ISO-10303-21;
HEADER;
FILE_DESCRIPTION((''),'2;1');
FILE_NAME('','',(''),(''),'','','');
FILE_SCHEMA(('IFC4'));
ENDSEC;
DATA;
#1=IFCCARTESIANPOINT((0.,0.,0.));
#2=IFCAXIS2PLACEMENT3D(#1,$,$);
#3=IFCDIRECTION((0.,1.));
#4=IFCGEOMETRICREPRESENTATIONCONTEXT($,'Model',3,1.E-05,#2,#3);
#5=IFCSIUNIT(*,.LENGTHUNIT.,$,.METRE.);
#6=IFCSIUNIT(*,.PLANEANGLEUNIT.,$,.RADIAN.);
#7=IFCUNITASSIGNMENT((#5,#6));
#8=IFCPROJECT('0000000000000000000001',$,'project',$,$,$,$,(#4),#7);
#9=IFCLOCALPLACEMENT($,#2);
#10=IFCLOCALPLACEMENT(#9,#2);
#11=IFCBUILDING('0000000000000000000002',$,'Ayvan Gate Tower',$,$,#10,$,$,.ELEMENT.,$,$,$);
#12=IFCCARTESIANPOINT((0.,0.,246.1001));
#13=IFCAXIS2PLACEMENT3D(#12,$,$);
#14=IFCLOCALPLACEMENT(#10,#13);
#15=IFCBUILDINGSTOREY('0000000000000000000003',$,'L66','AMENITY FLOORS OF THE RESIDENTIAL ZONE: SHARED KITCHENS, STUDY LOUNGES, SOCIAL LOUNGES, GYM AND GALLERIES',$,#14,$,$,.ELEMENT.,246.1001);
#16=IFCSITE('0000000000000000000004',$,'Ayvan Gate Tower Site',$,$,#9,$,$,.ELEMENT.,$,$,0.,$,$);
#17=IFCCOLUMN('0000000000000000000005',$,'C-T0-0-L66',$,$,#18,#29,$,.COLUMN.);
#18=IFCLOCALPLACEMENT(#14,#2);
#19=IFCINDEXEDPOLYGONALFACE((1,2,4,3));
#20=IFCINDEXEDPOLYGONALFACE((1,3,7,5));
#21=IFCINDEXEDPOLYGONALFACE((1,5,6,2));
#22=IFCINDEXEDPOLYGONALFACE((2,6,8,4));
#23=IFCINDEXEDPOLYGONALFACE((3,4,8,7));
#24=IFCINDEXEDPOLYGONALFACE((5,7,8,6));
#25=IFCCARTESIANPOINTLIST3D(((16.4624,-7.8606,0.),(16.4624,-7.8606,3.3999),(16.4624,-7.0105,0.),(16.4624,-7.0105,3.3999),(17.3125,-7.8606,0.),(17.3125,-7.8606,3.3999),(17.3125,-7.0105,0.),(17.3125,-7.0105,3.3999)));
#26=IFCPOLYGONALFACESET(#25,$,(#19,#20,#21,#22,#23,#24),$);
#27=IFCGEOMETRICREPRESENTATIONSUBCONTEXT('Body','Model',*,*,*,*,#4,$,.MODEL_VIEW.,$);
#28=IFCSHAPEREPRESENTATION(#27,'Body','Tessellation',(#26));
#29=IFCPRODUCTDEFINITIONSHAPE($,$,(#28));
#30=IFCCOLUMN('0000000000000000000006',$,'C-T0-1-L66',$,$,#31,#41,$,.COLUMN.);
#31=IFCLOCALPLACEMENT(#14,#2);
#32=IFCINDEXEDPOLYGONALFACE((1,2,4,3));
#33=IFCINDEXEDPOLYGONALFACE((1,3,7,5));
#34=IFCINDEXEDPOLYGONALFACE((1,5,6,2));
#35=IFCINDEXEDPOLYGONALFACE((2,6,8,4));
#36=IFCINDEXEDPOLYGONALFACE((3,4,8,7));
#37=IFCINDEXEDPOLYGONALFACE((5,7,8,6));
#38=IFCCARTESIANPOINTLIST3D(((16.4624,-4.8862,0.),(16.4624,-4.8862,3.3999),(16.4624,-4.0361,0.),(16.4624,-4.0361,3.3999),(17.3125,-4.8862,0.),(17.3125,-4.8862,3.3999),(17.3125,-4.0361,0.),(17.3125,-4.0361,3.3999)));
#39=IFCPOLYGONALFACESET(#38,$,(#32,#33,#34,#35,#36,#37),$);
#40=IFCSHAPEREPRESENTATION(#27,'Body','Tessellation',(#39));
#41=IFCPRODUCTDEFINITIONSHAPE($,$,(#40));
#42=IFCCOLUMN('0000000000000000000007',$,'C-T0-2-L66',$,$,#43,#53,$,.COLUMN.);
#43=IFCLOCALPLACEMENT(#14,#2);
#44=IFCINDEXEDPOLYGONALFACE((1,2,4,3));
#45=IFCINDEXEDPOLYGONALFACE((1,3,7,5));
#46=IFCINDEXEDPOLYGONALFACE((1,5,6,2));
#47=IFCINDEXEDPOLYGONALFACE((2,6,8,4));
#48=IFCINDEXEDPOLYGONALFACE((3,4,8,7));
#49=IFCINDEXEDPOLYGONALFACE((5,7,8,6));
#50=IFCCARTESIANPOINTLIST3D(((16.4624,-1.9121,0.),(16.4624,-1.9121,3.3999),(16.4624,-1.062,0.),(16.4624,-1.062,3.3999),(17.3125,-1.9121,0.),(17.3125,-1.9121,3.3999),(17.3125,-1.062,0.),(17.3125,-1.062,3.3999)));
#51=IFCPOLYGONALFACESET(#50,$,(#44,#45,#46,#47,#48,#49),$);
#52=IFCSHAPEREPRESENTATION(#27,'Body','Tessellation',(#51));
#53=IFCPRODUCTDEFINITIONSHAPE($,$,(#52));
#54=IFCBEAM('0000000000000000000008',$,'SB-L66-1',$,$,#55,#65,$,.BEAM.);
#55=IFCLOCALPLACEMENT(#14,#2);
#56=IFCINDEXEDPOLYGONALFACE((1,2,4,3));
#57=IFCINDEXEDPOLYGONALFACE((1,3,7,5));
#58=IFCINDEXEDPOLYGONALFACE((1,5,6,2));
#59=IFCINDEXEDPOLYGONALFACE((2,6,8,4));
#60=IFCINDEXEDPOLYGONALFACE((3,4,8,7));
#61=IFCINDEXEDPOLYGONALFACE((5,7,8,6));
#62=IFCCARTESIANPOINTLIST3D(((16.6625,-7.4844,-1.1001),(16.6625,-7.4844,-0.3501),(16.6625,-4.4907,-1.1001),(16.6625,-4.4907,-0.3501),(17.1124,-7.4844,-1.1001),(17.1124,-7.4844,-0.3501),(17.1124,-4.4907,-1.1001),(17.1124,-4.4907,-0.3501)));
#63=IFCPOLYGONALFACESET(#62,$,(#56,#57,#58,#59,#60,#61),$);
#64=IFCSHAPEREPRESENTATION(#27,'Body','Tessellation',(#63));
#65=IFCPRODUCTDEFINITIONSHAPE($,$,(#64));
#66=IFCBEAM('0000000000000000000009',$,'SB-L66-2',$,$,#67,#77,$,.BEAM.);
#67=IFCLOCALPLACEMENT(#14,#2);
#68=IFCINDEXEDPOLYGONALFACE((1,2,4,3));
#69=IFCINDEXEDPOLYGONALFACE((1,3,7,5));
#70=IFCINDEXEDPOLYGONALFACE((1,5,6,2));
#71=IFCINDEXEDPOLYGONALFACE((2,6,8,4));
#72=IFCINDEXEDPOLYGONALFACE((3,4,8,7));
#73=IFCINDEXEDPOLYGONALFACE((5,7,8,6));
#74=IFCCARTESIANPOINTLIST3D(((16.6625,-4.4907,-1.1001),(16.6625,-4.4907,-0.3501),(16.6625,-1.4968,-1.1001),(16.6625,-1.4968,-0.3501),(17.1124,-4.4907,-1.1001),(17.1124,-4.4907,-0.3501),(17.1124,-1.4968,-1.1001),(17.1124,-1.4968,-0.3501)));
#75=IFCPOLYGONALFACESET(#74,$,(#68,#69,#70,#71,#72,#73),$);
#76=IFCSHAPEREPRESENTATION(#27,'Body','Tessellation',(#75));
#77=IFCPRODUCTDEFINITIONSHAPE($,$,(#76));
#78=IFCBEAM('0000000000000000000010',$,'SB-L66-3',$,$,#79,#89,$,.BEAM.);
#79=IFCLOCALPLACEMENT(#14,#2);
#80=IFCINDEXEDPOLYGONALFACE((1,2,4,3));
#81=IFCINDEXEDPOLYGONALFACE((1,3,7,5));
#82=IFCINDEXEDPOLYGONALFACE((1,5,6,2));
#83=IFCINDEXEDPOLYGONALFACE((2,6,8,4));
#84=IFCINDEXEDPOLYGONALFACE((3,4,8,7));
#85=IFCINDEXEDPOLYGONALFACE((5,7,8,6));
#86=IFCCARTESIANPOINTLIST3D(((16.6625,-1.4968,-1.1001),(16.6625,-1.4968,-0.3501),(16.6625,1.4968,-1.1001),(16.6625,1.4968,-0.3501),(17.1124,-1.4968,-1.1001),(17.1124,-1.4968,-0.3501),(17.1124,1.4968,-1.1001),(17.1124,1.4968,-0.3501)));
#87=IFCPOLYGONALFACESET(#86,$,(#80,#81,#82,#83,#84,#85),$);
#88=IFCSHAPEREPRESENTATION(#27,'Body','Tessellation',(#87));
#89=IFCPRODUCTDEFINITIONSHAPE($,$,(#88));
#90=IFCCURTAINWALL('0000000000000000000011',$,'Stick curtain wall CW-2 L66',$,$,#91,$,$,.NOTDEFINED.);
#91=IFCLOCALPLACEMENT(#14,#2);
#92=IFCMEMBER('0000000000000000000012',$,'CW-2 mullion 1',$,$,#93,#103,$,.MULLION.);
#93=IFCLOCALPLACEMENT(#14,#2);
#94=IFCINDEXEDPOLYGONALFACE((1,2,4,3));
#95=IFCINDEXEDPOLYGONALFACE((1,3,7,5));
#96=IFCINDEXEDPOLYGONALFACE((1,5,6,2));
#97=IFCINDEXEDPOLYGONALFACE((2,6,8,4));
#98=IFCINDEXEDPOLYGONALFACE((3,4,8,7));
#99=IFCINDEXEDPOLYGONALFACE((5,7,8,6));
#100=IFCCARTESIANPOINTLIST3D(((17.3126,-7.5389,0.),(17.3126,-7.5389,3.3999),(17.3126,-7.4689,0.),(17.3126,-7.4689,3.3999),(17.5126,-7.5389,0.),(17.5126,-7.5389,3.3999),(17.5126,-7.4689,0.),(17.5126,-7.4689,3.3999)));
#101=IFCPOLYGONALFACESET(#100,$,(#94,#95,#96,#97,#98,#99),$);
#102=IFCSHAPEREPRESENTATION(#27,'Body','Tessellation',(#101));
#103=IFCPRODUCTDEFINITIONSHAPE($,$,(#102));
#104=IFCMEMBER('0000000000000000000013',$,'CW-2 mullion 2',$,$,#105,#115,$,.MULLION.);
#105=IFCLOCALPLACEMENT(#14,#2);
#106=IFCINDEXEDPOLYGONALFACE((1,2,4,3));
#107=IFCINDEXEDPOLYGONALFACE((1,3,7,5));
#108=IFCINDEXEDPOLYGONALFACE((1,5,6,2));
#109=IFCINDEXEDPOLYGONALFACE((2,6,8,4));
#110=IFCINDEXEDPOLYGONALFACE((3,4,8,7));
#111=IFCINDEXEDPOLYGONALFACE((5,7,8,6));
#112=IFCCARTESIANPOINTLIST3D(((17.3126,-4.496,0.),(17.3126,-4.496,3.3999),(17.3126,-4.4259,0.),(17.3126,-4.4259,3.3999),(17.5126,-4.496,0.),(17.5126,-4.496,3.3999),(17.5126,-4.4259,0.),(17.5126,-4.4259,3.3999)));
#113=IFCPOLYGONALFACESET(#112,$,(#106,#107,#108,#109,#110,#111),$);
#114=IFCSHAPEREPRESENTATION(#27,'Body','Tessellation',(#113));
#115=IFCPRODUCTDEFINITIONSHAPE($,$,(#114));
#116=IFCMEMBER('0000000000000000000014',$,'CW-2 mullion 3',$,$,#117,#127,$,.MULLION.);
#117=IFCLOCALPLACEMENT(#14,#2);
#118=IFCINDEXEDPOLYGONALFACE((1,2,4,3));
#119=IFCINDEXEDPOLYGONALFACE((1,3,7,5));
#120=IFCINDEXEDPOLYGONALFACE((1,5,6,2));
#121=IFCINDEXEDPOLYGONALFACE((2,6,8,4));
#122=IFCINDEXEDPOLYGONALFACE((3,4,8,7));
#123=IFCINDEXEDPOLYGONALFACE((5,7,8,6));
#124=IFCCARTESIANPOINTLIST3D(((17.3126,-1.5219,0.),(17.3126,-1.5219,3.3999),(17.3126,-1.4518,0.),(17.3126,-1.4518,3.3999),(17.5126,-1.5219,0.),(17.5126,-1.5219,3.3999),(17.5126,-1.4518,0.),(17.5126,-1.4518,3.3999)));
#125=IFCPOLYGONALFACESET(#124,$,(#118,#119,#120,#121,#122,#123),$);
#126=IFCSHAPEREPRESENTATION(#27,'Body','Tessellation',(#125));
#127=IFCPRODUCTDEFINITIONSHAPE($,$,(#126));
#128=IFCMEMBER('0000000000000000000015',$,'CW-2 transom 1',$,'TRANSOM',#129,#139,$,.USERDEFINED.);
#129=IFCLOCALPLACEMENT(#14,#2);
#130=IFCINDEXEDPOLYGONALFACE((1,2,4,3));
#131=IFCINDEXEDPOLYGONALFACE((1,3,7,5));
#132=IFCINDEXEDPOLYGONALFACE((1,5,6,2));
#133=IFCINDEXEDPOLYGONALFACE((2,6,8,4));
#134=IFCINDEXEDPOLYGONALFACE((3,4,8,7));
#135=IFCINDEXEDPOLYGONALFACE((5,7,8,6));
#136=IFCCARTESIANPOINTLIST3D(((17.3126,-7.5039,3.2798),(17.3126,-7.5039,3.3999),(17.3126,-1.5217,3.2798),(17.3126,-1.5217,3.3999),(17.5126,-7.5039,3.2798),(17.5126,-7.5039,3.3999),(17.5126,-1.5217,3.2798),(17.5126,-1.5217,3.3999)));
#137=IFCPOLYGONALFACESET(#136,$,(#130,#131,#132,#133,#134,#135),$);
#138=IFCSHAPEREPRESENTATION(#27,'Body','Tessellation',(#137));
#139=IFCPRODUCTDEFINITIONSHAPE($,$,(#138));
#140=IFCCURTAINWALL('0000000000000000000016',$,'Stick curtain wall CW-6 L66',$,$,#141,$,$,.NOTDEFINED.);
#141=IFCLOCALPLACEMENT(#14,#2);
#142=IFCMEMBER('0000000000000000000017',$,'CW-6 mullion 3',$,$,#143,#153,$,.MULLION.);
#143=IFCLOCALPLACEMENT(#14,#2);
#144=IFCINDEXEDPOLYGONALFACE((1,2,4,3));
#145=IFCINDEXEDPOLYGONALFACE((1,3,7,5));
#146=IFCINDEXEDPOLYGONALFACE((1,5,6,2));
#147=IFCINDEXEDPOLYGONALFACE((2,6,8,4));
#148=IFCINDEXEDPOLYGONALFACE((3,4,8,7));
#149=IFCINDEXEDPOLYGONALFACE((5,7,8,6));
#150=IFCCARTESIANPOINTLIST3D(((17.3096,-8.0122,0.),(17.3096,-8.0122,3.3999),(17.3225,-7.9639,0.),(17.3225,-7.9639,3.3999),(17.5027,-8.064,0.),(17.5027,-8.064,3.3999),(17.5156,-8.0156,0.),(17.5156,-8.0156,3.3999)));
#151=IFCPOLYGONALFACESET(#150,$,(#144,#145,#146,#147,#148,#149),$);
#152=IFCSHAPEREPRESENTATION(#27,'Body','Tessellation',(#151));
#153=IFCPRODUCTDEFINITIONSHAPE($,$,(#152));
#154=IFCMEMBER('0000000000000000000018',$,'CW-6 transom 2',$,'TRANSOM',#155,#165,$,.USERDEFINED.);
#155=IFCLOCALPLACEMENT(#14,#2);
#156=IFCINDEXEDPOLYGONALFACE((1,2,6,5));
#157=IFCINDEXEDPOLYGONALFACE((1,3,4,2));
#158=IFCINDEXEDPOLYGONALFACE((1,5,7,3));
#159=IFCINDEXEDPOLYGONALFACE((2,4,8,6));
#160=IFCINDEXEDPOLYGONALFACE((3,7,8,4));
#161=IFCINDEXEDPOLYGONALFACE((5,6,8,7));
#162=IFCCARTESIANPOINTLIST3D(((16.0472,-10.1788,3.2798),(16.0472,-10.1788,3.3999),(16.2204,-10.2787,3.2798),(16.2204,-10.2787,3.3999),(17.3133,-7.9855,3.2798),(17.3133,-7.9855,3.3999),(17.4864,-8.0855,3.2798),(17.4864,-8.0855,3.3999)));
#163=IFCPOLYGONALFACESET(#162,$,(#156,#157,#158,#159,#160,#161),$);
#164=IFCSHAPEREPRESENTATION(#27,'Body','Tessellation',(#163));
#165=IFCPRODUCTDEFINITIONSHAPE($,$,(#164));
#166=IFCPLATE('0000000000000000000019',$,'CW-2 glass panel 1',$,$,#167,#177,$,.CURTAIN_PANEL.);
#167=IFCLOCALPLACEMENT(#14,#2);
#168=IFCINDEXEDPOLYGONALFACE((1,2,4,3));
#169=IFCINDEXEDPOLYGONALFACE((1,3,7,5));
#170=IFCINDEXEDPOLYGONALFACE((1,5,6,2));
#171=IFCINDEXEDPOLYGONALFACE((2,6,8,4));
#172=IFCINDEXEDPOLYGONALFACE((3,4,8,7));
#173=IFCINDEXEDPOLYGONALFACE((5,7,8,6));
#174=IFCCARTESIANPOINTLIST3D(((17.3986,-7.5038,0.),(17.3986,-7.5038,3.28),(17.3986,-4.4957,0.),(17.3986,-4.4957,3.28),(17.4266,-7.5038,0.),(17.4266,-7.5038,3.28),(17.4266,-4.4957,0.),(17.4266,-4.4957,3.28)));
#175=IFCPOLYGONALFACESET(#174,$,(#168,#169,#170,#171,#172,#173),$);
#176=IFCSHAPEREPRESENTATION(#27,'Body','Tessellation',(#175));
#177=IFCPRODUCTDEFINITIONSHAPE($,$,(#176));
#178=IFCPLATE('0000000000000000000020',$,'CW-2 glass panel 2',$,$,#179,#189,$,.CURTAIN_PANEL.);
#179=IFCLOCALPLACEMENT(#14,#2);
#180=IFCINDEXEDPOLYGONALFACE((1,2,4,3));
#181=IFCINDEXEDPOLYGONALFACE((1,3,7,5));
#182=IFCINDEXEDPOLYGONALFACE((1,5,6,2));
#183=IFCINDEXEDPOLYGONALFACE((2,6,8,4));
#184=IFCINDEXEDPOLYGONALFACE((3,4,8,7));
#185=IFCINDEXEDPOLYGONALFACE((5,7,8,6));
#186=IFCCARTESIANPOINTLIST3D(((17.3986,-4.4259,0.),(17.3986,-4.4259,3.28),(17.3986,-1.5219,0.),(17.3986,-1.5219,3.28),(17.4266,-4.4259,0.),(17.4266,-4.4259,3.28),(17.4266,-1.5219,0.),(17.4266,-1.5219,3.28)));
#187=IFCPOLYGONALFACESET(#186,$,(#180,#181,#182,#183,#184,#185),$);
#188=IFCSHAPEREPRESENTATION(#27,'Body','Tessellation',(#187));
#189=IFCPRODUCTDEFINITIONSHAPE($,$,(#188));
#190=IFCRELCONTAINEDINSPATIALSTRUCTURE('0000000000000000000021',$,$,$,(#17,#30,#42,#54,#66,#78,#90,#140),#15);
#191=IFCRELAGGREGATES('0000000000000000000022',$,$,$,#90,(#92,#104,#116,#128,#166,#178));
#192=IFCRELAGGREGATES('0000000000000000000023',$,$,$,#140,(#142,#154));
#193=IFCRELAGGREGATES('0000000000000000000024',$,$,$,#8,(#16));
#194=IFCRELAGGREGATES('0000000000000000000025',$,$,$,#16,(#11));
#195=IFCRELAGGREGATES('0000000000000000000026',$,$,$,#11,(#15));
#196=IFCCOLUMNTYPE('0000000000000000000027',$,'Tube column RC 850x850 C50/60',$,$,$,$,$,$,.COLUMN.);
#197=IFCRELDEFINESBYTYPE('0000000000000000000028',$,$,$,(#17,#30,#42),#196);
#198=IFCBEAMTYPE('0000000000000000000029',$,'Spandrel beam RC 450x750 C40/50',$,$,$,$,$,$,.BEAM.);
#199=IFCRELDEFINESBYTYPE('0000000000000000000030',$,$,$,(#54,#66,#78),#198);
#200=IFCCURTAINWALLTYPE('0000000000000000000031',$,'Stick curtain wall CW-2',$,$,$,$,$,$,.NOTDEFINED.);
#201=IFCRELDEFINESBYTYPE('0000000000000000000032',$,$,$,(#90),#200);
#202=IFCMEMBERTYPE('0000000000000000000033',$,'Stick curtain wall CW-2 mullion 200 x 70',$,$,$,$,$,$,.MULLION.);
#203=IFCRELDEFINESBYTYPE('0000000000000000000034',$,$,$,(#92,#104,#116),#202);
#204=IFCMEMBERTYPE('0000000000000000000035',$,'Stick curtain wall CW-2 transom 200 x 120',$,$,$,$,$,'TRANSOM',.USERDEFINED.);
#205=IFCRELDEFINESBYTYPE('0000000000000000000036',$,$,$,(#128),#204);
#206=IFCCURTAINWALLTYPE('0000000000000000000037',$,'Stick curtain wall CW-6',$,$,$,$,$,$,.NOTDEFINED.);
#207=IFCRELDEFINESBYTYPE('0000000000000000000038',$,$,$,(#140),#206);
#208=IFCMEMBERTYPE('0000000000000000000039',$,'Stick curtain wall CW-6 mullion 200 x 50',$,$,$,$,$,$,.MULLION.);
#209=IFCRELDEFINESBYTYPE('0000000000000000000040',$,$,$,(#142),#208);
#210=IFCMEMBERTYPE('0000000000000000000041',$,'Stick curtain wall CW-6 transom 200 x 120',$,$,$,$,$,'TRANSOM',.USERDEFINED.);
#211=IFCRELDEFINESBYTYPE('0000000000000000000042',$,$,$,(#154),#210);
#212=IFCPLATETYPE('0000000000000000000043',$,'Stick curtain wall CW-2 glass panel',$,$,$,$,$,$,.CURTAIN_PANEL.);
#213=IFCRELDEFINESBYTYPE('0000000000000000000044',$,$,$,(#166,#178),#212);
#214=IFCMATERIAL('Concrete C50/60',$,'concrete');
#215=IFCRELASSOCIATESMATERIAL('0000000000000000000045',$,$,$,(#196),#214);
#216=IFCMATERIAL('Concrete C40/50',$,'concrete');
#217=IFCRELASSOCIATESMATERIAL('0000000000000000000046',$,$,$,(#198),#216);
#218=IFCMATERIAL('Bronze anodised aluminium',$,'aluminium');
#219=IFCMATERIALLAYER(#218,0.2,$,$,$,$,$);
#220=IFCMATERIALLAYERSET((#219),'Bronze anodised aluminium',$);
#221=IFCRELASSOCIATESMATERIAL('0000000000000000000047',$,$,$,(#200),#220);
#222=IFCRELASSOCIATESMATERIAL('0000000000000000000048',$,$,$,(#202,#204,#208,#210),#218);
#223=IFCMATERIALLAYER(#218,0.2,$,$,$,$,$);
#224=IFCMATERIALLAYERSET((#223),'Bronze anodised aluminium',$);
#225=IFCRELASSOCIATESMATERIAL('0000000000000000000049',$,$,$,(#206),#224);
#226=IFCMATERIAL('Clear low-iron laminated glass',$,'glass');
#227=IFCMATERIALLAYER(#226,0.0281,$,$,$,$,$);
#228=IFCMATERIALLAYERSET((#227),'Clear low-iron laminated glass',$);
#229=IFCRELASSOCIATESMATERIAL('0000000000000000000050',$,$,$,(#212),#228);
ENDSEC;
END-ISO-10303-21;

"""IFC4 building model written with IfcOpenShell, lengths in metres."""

from ifc_helpers import new_model, si_unit, direction, frame, origin, origin_2d, place, context, subcontext, project, spatial, rectangle, extrude, material, layer, layer_set, material_profile, profile_set, type_object, element, aggregate, save


model = new_model("IFC4")

# Units and contexts
model_context = context("Model", 3, precision=1e-05, world=origin(), true_north=direction((0.0, 1.0)))
body_context = subcontext(model_context, "Body", "Model", "MODEL_VIEW")
ifc_project = project(units=[si_unit("LENGTHUNIT", "METRE"), si_unit("PLANEANGLEUNIT", "RADIAN")], contexts=[model_context])

# Site, building, storey
site_placement = place(None, origin())
site = spatial("IfcSite", under=ifc_project, at=site_placement, Name="Ayvan Gate Tower Site", CompositionType="ELEMENT", RefElevation=0.0)
building_placement = place(site_placement, origin())
building = spatial("IfcBuilding", under=site, at=building_placement, Name="Ayvan Gate Tower", CompositionType="ELEMENT")
storey_placement = place(building_placement, frame((0.0, 0.0, 246.1001)))
storey = spatial("IfcBuildingStorey", under=building, at=storey_placement, Name="L66", Description="AMENITY FLOORS OF THE RESIDENTIAL ZONE: SHARED KITCHENS, STUDY LOUNGES, SOCIAL LOUNGES, GYM AND GALLERIES", CompositionType="ELEMENT", Elevation=246.1001)

# Columns
ifc_material_1 = material(Name="Concrete C50/60", Category="concrete")
ifc_material_profile_1 = material_profile(ifc_material_1, rectangle(XDim=0.8501, YDim=0.8501, at=origin_2d()), Name="RC 850x850")
ifc_profile_set_1 = profile_set([ifc_material_profile_1], Name="Concrete C50/60")
column_type = type_object("IfcColumnType", Name="Tube column RC 850x850 C50/60", PredefinedType="COLUMN", material=ifc_profile_set_1)
for number, where, z_axis, x_axis, name in (
    (1, (16.8875, -7.4355, 0.0), (0.0, 0.0, 1.0), (1.0, 0.0, 0.0), "C-T0-0-L66"),
    (2, (16.8875, -4.4612, 0.0), (0.0, 0.0, 1.0), (1.0, 0.0, 0.0), "C-T0-1-L66"),
    (3, (16.8875, -1.4871, 0.0), (0.0, 0.0, 1.0), (1.0, 0.0, 0.0), "C-T0-2-L66"),
):
    element("IfcColumn", number, at=place(storey_placement, frame(where, z_axis=z_axis, x_axis=x_axis)), inside=storey, type_object=column_type, Name=name, PredefinedType="COLUMN", context=body_context, shape_type="SweptSolid", body=[
        extrude(rectangle(XDim=0.8501, YDim=0.8501, at=origin_2d()), origin(), (0.0, 0.0, 1.0), 3.3999),
    ])

# Beams
ifc_material_2 = material(Name="Concrete C40/50", Category="concrete")
ifc_material_profile_2 = material_profile(ifc_material_2, rectangle(XDim=0.45, YDim=0.75, at=origin_2d()), Name="RC 450x750")
ifc_profile_set_2 = profile_set([ifc_material_profile_2], Name="Concrete C40/50")
beam_type = type_object("IfcBeamType", Name="Spandrel beam RC 450x750 C40/50", PredefinedType="BEAM", material=ifc_profile_set_2)
beam_1_placement = place(storey_placement, frame((16.8875, -7.4844, -0.7251), z_axis=(0.0, 1.0, 0.0), x_axis=(-1.0, 0.0, 0.0)))
element("IfcBeam", 4, at=beam_1_placement, inside=storey, type_object=beam_type, Name="SB-L66-1", PredefinedType="BEAM", context=body_context, shape_type="SweptSolid", body=[
    extrude(rectangle(XDim=0.45, YDim=0.75, at=origin_2d()), origin(), (0.0, 0.0, 1.0), 2.9937),
])
beam_2_placement = place(storey_placement, frame((16.8875, -4.4907, -0.7251), z_axis=(0.0, 1.0, 0.0), x_axis=(-1.0, 0.0, 0.0)))
element("IfcBeam", 5, at=beam_2_placement, inside=storey, type_object=beam_type, Name="SB-L66-2", PredefinedType="BEAM", context=body_context, shape_type="SweptSolid", body=[
    extrude(rectangle(XDim=0.45, YDim=0.75, at=origin_2d()), origin(), (0.0, 0.0, 1.0), 2.9939),
])
beam_3_placement = place(storey_placement, frame((16.8875, -1.4968, -0.7251), z_axis=(0.0, 1.0, 0.0), x_axis=(-1.0, 0.0, 0.0)))
element("IfcBeam", 6, at=beam_3_placement, inside=storey, type_object=beam_type, Name="SB-L66-3", PredefinedType="BEAM", context=body_context, shape_type="SweptSolid", body=[
    extrude(rectangle(XDim=0.45, YDim=0.75, at=origin_2d()), origin(), (0.0, 0.0, 1.0), 2.9937),
])

# Curtain walls, members
ifc_material_3 = material(Name="Bronze anodised aluminium", Category="aluminium")
ifc_layer_1 = layer(ifc_material_3, 0.2)
ifc_layer_set_1 = layer_set([ifc_layer_1], Name="Bronze anodised aluminium")
curtain_wall_type_1 = type_object("IfcCurtainWallType", Name="Stick curtain wall CW-2", PredefinedType="NOTDEFINED", material=ifc_layer_set_1)
curtain_wall_1_placement = place(storey_placement, origin())
curtain_wall_1 = element("IfcCurtainWall", 7, at=curtain_wall_1_placement, inside=storey, type_object=curtain_wall_type_1, Name="Stick curtain wall CW-2 L66", PredefinedType="NOTDEFINED")
ifc_material_profile_3 = material_profile(ifc_material_3, rectangle(XDim=0.2, YDim=0.0701, at=origin_2d()), Name="Stick curtain wall CW-2 mullion 200 x 70")
ifc_profile_set_3 = profile_set([ifc_material_profile_3], Name="Bronze anodised aluminium")
member_type_1 = type_object("IfcMemberType", Name="Stick curtain wall CW-2 mullion 200 x 70", PredefinedType="MULLION", material=ifc_profile_set_3)
member_1_placement = place(storey_placement, frame((17.4126, -7.5039, 0.0), z_axis=(0.0, 0.0, 1.0), x_axis=(1.0, 0.0, 0.0)))
member_1 = element("IfcMember", 8, at=member_1_placement, type_object=member_type_1, Name="CW-2 mullion 1", PredefinedType="MULLION", context=body_context, shape_type="SweptSolid", body=[
    extrude(rectangle(XDim=0.2, YDim=0.0701, at=origin_2d()), origin(), (0.0, 0.0, 1.0), 3.3999),
])
member_2_placement = place(storey_placement, frame((17.4126, -4.4609, 0.0), z_axis=(0.0, 0.0, 1.0), x_axis=(1.0, 0.0, 0.0)))
member_2 = element("IfcMember", 9, at=member_2_placement, type_object=member_type_1, Name="CW-2 mullion 2", PredefinedType="MULLION", context=body_context, shape_type="SweptSolid", body=[
    extrude(rectangle(XDim=0.2, YDim=0.0701, at=origin_2d()), origin(), (0.0, 0.0, 1.0), 3.3999),
])
member_3_placement = place(storey_placement, frame((17.4126, -1.4868, 0.0), z_axis=(0.0, 0.0, 1.0), x_axis=(1.0, 0.0, 0.0)))
member_3 = element("IfcMember", 10, at=member_3_placement, type_object=member_type_1, Name="CW-2 mullion 3", PredefinedType="MULLION", context=body_context, shape_type="SweptSolid", body=[
    extrude(rectangle(XDim=0.2, YDim=0.0701, at=origin_2d()), origin(), (0.0, 0.0, 1.0), 3.3999),
])
ifc_material_profile_4 = material_profile(ifc_material_3, rectangle(XDim=0.2, YDim=0.1201, at=origin_2d()), Name="Stick curtain wall CW-2 transom 200 x 120")
ifc_profile_set_4 = profile_set([ifc_material_profile_4], Name="Bronze anodised aluminium")
member_type_2 = type_object("IfcMemberType", Name="Stick curtain wall CW-2 transom 200 x 120", ElementType="TRANSOM", PredefinedType="USERDEFINED", material=ifc_profile_set_4)
member_4_placement = place(storey_placement, frame((17.4126, -7.5039, 3.3398), z_axis=(0.0, 1.0, 0.0), x_axis=(-1.0, 0.0, 0.0)))
member_4 = element("IfcMember", 11, at=member_4_placement, type_object=member_type_2, Name="CW-2 transom 1", ObjectType="TRANSOM", PredefinedType="USERDEFINED", context=body_context, shape_type="SweptSolid", body=[
    extrude(rectangle(XDim=0.2, YDim=0.1201, at=origin_2d()), origin(), (0.0, 0.0, 1.0), 5.9822),
])
ifc_layer_2 = layer(ifc_material_3, 0.2)
ifc_layer_set_2 = layer_set([ifc_layer_2], Name="Bronze anodised aluminium")
curtain_wall_type_2 = type_object("IfcCurtainWallType", Name="Stick curtain wall CW-6", PredefinedType="NOTDEFINED", material=ifc_layer_set_2)
curtain_wall_2_placement = place(storey_placement, origin())
curtain_wall_2 = element("IfcCurtainWall", 12, at=curtain_wall_2_placement, inside=storey, type_object=curtain_wall_type_2, Name="Stick curtain wall CW-6 L66", PredefinedType="NOTDEFINED")
ifc_material_profile_5 = material_profile(ifc_material_3, rectangle(XDim=0.2, YDim=0.05, at=origin_2d()), Name="Stick curtain wall CW-6 mullion 200 x 50")
ifc_profile_set_5 = profile_set([ifc_material_profile_5], Name="Bronze anodised aluminium")
member_type_3 = type_object("IfcMemberType", Name="Stick curtain wall CW-6 mullion 200 x 50", PredefinedType="MULLION", material=ifc_profile_set_5)
member_5_placement = place(storey_placement, frame((17.4126, -8.0139, 0.0), z_axis=(0.0, 0.0, 1.0), x_axis=(0.965926, -0.258819, 0.0)))
member_5 = element("IfcMember", 13, at=member_5_placement, type_object=member_type_3, Name="CW-6 mullion 3", PredefinedType="MULLION", context=body_context, shape_type="SweptSolid", body=[
    extrude(rectangle(XDim=0.2, YDim=0.05, at=origin_2d()), origin(), (0.0, 0.0, 1.0), 3.3999),
])
ifc_material_profile_6 = material_profile(ifc_material_3, rectangle(XDim=0.2, YDim=0.1201, at=origin_2d()), Name="Stick curtain wall CW-6 transom 200 x 120")
ifc_profile_set_6 = profile_set([ifc_material_profile_6], Name="Bronze anodised aluminium")
member_type_4 = type_object("IfcMemberType", Name="Stick curtain wall CW-6 transom 200 x 120", ElementType="TRANSOM", PredefinedType="USERDEFINED", material=ifc_profile_set_6)
member_6_placement = place(storey_placement, frame((16.1338, -10.2288, 3.3398), z_axis=(0.499934, 0.866064, 0.0), x_axis=(-0.866064, 0.499934, 0.0)))
member_6 = element("IfcMember", 14, at=member_6_placement, type_object=member_type_4, Name="CW-6 transom 2", ObjectType="TRANSOM", PredefinedType="USERDEFINED", context=body_context, shape_type="SweptSolid", body=[
    extrude(rectangle(XDim=0.2, YDim=0.1201, at=origin_2d()), origin(), (0.0, 0.0, 1.0), 2.5325),
])

# Plates
ifc_material_4 = material(Name="Clear low-iron laminated glass", Category="glass")
ifc_layer_3 = layer(ifc_material_4, 0.0281)
ifc_layer_set_3 = layer_set([ifc_layer_3], Name="Clear low-iron laminated glass")
plate_type_1 = type_object("IfcPlateType", Name="Stick curtain wall CW-2 glass panel", PredefinedType="CURTAIN_PANEL", material=ifc_layer_set_3)
plate_1_placement = place(storey_placement, frame((17.4126, -5.9998, 0.0), z_axis=(0.0, 0.0, 1.0), x_axis=(0.0, 1.0, 0.0)))
plate_1 = element("IfcPlate", 15, at=plate_1_placement, type_object=plate_type_1, Name="CW-2 glass panel 1", PredefinedType="CURTAIN_PANEL", context=body_context, shape_type="SweptSolid", body=[
    extrude(rectangle(XDim=3.0081, YDim=0.0281, at=origin_2d()), origin(), (0.0, 0.0, 1.0), 3.28),
])
plate_2_placement = place(storey_placement, frame((17.4126, -2.9739, 0.0), z_axis=(0.0, 0.0, 1.0), x_axis=(0.0, 1.0, 0.0)))
plate_2 = element("IfcPlate", 16, at=plate_2_placement, type_object=plate_type_1, Name="CW-2 glass panel 2", PredefinedType="CURTAIN_PANEL", context=body_context, shape_type="SweptSolid", body=[
    extrude(rectangle(XDim=2.9041, YDim=0.0281, at=origin_2d()), origin(), (0.0, 0.0, 1.0), 3.28),
])
aggregate(curtain_wall_1, [member_1, member_2, member_3, member_4, plate_1, plate_2])
aggregate(curtain_wall_2, [member_5, member_6])

save(model, "model.ifc")
